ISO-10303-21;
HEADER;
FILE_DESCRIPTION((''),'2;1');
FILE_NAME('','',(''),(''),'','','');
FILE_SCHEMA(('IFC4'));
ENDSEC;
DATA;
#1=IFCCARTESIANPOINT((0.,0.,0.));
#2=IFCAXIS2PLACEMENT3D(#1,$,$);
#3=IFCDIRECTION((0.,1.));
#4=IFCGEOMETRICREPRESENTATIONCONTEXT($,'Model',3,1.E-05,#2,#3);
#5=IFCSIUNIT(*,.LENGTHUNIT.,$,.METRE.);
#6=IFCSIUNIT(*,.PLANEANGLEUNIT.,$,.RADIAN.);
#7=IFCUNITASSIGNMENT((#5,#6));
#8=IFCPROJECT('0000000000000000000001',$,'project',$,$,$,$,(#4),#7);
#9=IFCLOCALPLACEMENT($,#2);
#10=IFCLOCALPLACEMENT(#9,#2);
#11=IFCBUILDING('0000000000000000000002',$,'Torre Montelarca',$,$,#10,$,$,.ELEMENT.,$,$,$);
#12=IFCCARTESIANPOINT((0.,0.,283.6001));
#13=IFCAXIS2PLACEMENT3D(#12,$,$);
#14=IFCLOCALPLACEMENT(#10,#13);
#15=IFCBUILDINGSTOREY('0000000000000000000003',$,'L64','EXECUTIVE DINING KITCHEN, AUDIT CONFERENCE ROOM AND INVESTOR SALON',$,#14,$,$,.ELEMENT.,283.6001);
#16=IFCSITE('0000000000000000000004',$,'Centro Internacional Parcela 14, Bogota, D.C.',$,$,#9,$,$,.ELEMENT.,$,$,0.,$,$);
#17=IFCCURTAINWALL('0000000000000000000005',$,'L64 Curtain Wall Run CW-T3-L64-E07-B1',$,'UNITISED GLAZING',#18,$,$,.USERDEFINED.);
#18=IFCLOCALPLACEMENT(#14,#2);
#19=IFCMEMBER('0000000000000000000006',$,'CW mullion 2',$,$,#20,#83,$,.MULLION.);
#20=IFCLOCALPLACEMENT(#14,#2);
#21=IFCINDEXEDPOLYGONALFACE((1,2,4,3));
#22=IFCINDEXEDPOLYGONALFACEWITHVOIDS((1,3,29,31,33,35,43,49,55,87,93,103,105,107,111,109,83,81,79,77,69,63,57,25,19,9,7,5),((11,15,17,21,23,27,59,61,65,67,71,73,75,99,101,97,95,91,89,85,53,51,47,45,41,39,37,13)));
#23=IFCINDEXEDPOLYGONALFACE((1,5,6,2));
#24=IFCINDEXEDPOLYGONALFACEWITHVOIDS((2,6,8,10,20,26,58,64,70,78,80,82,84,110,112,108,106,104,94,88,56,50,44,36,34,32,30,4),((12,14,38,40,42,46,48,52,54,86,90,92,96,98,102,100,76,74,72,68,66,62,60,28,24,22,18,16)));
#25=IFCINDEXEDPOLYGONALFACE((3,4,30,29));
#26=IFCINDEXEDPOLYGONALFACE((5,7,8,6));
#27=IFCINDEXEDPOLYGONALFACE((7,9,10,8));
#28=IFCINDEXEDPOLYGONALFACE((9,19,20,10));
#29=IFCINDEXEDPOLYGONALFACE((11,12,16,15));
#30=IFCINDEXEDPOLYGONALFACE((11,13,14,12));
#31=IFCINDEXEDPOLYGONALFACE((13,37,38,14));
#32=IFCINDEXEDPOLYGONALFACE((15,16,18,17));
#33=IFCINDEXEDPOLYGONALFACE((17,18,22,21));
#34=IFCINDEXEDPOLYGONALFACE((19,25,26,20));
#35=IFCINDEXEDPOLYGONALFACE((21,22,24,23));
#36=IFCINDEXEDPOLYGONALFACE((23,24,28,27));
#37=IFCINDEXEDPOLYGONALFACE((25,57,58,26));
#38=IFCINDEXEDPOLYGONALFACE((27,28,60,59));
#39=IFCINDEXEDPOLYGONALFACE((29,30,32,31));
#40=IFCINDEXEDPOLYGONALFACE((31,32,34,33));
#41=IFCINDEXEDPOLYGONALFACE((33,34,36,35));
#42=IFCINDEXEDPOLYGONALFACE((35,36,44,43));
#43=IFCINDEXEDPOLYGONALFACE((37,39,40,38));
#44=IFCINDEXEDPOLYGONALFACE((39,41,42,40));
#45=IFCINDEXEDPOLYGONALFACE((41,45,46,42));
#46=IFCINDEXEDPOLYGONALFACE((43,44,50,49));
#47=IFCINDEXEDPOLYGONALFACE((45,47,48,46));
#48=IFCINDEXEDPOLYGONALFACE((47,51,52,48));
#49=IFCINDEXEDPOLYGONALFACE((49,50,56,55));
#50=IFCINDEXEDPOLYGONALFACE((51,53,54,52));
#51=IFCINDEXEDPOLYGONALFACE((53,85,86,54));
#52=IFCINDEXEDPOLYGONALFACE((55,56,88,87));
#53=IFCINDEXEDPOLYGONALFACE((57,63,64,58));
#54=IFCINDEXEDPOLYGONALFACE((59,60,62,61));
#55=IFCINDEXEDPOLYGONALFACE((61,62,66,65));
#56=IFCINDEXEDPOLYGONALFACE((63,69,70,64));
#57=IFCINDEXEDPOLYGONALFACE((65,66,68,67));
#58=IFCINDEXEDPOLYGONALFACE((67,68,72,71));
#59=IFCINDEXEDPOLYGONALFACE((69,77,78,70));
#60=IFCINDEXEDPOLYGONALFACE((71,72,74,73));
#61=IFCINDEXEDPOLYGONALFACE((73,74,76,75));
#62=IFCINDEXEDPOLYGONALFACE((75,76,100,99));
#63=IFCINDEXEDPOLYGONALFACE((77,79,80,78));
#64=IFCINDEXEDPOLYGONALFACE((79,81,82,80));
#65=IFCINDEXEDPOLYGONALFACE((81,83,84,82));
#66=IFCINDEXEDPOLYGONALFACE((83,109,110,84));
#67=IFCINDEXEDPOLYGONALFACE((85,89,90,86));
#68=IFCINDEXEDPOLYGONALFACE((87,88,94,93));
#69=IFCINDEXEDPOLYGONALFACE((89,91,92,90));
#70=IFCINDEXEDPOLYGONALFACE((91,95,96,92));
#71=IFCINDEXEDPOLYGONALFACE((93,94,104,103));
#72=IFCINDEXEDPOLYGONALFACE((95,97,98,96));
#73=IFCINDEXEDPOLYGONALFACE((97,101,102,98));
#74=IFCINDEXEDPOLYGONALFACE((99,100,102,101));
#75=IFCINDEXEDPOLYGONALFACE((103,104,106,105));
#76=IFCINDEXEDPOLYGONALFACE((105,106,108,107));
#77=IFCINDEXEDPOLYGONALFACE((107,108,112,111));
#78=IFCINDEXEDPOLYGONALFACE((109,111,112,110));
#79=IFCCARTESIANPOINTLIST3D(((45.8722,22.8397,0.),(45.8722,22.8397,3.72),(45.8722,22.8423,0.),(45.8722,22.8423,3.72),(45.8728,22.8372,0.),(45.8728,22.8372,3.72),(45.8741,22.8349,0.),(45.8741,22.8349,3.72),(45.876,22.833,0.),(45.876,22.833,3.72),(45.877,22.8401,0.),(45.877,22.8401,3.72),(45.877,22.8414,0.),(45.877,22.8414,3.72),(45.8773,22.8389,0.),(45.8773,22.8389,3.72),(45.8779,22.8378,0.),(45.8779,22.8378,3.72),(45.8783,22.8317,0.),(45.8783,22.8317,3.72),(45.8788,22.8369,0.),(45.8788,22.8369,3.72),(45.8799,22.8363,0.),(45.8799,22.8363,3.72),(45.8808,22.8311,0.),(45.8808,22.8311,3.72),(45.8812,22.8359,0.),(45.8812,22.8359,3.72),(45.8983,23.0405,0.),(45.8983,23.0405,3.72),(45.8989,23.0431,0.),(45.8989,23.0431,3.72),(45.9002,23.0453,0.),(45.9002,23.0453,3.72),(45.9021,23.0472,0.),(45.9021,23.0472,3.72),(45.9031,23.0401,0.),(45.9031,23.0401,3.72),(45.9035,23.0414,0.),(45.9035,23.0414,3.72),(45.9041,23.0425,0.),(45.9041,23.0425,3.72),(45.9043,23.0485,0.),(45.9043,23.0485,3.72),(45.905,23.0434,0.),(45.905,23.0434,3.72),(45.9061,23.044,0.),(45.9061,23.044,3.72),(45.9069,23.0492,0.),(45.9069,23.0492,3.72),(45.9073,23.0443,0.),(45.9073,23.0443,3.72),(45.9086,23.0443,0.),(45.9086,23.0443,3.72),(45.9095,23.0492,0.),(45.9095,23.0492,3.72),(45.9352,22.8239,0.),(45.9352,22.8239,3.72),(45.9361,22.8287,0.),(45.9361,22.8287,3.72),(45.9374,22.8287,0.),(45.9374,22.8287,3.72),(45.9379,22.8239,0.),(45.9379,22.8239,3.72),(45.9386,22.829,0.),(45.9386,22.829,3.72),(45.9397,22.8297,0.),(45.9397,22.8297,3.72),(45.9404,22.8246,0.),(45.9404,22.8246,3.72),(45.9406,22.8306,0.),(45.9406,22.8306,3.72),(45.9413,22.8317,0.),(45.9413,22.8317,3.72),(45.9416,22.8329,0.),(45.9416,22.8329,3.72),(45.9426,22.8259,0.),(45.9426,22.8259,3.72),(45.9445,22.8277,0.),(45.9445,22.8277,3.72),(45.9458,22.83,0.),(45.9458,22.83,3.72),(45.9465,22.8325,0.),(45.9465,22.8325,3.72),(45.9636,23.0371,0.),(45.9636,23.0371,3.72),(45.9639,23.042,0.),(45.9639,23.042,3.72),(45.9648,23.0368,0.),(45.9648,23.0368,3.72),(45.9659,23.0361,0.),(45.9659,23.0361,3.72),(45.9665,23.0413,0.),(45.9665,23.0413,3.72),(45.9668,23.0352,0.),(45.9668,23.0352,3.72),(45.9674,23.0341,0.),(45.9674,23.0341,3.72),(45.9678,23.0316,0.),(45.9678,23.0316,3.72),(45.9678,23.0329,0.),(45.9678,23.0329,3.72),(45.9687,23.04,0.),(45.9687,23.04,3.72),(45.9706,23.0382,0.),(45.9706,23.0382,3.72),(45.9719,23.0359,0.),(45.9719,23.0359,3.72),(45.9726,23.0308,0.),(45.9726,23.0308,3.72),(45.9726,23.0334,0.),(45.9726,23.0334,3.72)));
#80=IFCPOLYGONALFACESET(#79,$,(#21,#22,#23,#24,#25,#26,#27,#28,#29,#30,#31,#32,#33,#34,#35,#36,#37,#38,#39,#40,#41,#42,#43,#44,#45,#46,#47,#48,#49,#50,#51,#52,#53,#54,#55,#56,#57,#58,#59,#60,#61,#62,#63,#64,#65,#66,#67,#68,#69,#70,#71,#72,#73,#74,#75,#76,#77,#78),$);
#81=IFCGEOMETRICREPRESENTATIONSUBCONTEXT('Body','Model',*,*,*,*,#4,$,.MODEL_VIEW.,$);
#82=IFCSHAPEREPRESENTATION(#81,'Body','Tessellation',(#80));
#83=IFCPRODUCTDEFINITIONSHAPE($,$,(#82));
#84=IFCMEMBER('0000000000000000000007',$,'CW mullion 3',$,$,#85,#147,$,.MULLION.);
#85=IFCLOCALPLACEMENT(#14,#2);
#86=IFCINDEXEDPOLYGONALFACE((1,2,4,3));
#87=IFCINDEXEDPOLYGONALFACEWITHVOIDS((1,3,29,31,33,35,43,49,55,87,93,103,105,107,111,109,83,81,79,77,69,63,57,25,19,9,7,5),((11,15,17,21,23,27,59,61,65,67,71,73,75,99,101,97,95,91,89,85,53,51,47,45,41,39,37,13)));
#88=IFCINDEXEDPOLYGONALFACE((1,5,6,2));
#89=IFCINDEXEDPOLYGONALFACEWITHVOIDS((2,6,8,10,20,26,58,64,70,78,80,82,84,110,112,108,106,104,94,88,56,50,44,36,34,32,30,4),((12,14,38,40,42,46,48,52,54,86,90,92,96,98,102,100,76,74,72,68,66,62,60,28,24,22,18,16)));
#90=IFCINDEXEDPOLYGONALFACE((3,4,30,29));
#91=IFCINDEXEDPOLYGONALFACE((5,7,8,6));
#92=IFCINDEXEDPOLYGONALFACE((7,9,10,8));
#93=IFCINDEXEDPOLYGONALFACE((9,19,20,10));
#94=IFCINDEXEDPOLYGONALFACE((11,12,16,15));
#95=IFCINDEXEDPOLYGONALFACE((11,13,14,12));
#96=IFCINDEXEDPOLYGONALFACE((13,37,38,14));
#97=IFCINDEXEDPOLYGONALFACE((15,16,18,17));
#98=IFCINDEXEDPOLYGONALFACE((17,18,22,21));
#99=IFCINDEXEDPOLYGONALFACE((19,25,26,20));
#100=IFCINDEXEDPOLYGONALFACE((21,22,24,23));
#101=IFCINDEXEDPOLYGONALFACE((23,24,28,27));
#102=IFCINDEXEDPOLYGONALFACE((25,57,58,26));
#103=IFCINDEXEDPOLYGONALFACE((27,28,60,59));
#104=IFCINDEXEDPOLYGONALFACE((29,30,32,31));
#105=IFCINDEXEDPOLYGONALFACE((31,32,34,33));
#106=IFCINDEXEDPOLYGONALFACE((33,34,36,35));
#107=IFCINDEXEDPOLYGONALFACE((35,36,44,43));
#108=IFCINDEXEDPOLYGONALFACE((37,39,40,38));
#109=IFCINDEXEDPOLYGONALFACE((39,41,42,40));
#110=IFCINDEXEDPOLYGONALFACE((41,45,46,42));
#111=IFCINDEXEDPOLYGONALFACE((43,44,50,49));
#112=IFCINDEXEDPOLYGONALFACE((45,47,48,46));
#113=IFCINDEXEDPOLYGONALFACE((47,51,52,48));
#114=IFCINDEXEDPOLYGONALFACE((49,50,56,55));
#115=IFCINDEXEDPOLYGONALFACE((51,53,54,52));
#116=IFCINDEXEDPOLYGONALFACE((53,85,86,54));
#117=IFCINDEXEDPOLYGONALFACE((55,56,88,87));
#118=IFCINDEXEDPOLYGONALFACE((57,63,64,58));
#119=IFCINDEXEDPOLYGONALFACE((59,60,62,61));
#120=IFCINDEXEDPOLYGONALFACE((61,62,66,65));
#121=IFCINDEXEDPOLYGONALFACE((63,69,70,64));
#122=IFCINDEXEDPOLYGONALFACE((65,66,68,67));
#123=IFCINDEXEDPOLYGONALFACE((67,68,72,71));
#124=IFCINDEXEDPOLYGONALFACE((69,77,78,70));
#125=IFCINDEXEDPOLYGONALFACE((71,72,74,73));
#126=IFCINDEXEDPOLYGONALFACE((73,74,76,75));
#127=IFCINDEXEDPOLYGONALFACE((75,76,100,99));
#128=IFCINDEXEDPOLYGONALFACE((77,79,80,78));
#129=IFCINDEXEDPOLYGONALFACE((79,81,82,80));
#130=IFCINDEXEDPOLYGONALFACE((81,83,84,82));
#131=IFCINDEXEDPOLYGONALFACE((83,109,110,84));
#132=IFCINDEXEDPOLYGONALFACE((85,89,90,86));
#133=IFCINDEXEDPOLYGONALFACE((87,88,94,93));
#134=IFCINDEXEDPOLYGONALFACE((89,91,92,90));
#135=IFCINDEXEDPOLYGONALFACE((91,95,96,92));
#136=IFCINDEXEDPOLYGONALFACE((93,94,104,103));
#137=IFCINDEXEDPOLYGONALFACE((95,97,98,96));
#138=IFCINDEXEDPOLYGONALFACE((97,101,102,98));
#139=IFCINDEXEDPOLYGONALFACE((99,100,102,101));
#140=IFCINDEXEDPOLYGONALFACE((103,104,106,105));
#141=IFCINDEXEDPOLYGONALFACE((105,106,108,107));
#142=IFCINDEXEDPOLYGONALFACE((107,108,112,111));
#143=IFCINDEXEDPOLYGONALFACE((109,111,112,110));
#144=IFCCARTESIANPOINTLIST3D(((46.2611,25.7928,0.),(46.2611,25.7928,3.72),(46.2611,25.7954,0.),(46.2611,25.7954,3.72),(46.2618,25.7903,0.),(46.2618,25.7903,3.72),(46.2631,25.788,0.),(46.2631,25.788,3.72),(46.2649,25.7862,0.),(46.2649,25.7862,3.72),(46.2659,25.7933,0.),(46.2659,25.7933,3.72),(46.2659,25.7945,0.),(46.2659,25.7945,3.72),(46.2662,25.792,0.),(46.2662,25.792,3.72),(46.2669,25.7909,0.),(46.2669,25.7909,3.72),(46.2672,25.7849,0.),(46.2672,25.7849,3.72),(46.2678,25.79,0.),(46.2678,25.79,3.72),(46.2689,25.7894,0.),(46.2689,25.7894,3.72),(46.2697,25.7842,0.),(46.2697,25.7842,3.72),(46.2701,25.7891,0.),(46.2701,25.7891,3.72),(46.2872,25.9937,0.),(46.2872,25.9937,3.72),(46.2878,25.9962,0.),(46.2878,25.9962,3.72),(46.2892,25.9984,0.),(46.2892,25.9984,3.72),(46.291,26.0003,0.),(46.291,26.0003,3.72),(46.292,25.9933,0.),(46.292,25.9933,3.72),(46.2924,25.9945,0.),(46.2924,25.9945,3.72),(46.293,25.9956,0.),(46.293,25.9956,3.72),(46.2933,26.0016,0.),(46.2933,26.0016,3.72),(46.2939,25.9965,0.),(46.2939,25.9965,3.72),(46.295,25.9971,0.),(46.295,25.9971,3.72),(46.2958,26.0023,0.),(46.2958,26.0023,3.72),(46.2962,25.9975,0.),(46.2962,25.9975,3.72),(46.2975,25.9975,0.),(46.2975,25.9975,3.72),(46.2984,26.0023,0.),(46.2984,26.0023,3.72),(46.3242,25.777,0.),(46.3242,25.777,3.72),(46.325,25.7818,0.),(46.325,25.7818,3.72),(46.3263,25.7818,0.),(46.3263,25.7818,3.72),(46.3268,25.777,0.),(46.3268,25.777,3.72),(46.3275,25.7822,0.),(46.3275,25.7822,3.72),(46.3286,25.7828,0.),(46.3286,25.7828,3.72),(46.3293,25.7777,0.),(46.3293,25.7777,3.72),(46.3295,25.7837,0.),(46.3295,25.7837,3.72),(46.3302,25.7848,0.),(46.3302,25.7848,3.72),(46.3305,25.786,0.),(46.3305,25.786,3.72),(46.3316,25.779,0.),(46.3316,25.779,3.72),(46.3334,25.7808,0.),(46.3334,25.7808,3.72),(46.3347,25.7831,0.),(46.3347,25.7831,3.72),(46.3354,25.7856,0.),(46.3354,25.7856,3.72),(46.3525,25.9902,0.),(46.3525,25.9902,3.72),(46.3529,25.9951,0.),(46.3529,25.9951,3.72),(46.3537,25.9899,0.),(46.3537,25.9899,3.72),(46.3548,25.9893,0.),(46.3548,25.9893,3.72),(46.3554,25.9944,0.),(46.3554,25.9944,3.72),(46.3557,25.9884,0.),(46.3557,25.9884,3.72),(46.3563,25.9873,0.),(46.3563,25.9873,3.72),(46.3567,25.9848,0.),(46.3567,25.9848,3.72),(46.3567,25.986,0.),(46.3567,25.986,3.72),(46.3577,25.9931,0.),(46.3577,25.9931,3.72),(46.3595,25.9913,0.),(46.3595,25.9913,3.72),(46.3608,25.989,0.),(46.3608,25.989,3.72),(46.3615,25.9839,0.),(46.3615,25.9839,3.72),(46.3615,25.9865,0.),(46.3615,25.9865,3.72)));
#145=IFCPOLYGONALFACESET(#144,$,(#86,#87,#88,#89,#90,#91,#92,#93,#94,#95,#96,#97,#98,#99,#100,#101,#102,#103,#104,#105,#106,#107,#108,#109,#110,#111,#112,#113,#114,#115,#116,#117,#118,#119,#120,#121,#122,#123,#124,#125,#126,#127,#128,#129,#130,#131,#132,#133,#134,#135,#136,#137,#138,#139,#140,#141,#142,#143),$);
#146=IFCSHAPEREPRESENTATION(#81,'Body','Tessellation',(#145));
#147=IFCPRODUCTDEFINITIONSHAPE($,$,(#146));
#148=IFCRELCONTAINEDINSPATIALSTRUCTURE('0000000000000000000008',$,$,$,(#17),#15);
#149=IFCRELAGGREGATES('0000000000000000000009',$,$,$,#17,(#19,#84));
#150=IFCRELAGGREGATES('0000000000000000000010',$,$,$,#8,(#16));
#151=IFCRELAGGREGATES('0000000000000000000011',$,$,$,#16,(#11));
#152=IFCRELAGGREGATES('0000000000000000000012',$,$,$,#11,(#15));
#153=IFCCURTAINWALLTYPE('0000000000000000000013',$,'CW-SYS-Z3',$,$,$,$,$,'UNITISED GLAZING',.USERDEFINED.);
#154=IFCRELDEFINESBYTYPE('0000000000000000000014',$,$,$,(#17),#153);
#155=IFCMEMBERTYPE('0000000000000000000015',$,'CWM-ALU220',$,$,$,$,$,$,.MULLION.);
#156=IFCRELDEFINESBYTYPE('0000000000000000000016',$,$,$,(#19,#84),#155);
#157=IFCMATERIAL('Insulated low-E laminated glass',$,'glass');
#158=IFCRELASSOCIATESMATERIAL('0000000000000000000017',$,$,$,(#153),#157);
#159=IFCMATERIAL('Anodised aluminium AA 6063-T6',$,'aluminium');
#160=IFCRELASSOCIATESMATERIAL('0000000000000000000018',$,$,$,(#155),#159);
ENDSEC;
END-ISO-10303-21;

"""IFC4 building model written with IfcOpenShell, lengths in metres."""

from ifc_helpers import new_model, si_unit, direction, frame, origin, origin_2d, place, context, subcontext, project, spatial, hollow_rectangle, extrude, source, transform, mapped, material, material_profile, profile_set, type_object, element, aggregate, save


model = new_model("IFC4")

# Units and contexts
model_context = context("Model", 3, precision=1e-05, world=origin(), true_north=direction((0.0, 1.0)))
body_context = subcontext(model_context, "Body", "Model", "MODEL_VIEW")
ifc_project = project(units=[si_unit("LENGTHUNIT", "METRE"), si_unit("PLANEANGLEUNIT", "RADIAN")], contexts=[model_context])

# Site, building, storey
site_placement = place(None, origin())
site = spatial("IfcSite", under=ifc_project, at=site_placement, Name="Centro Internacional Parcela 14, Bogota, D.C.", CompositionType="ELEMENT", RefElevation=0.0)
building_placement = place(site_placement, origin())
building = spatial("IfcBuilding", under=site, at=building_placement, Name="Torre Montelarca", CompositionType="ELEMENT")
storey_placement = place(building_placement, frame((0.0, 0.0, 283.6001)))
storey = spatial("IfcBuildingStorey", under=building, at=storey_placement, Name="L64", Description="EXECUTIVE DINING KITCHEN, AUDIT CONFERENCE ROOM AND INVESTOR SALON", CompositionType="ELEMENT", Elevation=283.6001)

# Curtain wall
ifc_material_1 = material(Name="Insulated low-E laminated glass", Category="glass")
curtain_wall_type = type_object("IfcCurtainWallType", Name="CW-SYS-Z3", ElementType="UNITISED GLAZING", PredefinedType="USERDEFINED", material=ifc_material_1)
curtain_wall_1_placement = place(storey_placement, origin())
curtain_wall_1 = element("IfcCurtainWall", 1, at=curtain_wall_1_placement, inside=storey, type_object=curtain_wall_type, Name="L64 Curtain Wall Run CW-T3-L64-E07-B1", ObjectType="UNITISED GLAZING", PredefinedType="USERDEFINED")
ifc_material_2 = material(Name="Anodised aluminium AA 6063-T6", Category="aluminium")
ifc_material_profile_1 = material_profile(ifc_material_2, hollow_rectangle(XDim=0.075, YDim=0.22, WallThickness=0.0049, InnerFilletRadius=0.0049, OuterFilletRadius=0.01, at=origin_2d()), Name="ALU75X220X5", Category="aluminium")
ifc_profile_set_1 = profile_set([ifc_material_profile_1], Name="Anodised aluminium AA 6063-T6")
member_type_1 = type_object("IfcMemberType", Name="CWM-ALU220", PredefinedType="MULLION", material=ifc_profile_set_1)
shared_shape_1 = source(origin(), body_context, "Body", "SweptSolid", [
    extrude(hollow_rectangle(XDim=0.075, YDim=0.22, WallThickness=0.0049, InnerFilletRadius=0.0049, OuterFilletRadius=0.01, at=origin_2d()), origin(), (0.0, 0.0, 1.0), 3.72),
])

# Members
member_1_placement = place(storey_placement, frame((45.9224, 22.9365, 0.0), z_axis=(0.0, 0.0, 1.0), x_axis=(-0.991446, 0.130514, 0.0)))
member_1 = element("IfcMember", 2, at=member_1_placement, type_object=member_type_1, Name="CW mullion 2", PredefinedType="MULLION", context=body_context, shape_type="MappedRepresentation", body=[
    mapped(shared_shape_1, transform((0.0, 0.0, 0.0), scale=1.0)),
])
member_2_placement = place(storey_placement, frame((46.3113, 25.8896, 0.0), z_axis=(0.0, 0.0, 1.0), x_axis=(-0.991446, 0.130514, 0.0)))
member_2 = element("IfcMember", 3, at=member_2_placement, type_object=member_type_1, Name="CW mullion 3", PredefinedType="MULLION", context=body_context, shape_type="MappedRepresentation", body=[
    mapped(shared_shape_1, transform((0.0, 0.0, 0.0), scale=1.0)),
])

aggregate(curtain_wall_1, [member_1, member_2])

save(model, "model.ifc")
